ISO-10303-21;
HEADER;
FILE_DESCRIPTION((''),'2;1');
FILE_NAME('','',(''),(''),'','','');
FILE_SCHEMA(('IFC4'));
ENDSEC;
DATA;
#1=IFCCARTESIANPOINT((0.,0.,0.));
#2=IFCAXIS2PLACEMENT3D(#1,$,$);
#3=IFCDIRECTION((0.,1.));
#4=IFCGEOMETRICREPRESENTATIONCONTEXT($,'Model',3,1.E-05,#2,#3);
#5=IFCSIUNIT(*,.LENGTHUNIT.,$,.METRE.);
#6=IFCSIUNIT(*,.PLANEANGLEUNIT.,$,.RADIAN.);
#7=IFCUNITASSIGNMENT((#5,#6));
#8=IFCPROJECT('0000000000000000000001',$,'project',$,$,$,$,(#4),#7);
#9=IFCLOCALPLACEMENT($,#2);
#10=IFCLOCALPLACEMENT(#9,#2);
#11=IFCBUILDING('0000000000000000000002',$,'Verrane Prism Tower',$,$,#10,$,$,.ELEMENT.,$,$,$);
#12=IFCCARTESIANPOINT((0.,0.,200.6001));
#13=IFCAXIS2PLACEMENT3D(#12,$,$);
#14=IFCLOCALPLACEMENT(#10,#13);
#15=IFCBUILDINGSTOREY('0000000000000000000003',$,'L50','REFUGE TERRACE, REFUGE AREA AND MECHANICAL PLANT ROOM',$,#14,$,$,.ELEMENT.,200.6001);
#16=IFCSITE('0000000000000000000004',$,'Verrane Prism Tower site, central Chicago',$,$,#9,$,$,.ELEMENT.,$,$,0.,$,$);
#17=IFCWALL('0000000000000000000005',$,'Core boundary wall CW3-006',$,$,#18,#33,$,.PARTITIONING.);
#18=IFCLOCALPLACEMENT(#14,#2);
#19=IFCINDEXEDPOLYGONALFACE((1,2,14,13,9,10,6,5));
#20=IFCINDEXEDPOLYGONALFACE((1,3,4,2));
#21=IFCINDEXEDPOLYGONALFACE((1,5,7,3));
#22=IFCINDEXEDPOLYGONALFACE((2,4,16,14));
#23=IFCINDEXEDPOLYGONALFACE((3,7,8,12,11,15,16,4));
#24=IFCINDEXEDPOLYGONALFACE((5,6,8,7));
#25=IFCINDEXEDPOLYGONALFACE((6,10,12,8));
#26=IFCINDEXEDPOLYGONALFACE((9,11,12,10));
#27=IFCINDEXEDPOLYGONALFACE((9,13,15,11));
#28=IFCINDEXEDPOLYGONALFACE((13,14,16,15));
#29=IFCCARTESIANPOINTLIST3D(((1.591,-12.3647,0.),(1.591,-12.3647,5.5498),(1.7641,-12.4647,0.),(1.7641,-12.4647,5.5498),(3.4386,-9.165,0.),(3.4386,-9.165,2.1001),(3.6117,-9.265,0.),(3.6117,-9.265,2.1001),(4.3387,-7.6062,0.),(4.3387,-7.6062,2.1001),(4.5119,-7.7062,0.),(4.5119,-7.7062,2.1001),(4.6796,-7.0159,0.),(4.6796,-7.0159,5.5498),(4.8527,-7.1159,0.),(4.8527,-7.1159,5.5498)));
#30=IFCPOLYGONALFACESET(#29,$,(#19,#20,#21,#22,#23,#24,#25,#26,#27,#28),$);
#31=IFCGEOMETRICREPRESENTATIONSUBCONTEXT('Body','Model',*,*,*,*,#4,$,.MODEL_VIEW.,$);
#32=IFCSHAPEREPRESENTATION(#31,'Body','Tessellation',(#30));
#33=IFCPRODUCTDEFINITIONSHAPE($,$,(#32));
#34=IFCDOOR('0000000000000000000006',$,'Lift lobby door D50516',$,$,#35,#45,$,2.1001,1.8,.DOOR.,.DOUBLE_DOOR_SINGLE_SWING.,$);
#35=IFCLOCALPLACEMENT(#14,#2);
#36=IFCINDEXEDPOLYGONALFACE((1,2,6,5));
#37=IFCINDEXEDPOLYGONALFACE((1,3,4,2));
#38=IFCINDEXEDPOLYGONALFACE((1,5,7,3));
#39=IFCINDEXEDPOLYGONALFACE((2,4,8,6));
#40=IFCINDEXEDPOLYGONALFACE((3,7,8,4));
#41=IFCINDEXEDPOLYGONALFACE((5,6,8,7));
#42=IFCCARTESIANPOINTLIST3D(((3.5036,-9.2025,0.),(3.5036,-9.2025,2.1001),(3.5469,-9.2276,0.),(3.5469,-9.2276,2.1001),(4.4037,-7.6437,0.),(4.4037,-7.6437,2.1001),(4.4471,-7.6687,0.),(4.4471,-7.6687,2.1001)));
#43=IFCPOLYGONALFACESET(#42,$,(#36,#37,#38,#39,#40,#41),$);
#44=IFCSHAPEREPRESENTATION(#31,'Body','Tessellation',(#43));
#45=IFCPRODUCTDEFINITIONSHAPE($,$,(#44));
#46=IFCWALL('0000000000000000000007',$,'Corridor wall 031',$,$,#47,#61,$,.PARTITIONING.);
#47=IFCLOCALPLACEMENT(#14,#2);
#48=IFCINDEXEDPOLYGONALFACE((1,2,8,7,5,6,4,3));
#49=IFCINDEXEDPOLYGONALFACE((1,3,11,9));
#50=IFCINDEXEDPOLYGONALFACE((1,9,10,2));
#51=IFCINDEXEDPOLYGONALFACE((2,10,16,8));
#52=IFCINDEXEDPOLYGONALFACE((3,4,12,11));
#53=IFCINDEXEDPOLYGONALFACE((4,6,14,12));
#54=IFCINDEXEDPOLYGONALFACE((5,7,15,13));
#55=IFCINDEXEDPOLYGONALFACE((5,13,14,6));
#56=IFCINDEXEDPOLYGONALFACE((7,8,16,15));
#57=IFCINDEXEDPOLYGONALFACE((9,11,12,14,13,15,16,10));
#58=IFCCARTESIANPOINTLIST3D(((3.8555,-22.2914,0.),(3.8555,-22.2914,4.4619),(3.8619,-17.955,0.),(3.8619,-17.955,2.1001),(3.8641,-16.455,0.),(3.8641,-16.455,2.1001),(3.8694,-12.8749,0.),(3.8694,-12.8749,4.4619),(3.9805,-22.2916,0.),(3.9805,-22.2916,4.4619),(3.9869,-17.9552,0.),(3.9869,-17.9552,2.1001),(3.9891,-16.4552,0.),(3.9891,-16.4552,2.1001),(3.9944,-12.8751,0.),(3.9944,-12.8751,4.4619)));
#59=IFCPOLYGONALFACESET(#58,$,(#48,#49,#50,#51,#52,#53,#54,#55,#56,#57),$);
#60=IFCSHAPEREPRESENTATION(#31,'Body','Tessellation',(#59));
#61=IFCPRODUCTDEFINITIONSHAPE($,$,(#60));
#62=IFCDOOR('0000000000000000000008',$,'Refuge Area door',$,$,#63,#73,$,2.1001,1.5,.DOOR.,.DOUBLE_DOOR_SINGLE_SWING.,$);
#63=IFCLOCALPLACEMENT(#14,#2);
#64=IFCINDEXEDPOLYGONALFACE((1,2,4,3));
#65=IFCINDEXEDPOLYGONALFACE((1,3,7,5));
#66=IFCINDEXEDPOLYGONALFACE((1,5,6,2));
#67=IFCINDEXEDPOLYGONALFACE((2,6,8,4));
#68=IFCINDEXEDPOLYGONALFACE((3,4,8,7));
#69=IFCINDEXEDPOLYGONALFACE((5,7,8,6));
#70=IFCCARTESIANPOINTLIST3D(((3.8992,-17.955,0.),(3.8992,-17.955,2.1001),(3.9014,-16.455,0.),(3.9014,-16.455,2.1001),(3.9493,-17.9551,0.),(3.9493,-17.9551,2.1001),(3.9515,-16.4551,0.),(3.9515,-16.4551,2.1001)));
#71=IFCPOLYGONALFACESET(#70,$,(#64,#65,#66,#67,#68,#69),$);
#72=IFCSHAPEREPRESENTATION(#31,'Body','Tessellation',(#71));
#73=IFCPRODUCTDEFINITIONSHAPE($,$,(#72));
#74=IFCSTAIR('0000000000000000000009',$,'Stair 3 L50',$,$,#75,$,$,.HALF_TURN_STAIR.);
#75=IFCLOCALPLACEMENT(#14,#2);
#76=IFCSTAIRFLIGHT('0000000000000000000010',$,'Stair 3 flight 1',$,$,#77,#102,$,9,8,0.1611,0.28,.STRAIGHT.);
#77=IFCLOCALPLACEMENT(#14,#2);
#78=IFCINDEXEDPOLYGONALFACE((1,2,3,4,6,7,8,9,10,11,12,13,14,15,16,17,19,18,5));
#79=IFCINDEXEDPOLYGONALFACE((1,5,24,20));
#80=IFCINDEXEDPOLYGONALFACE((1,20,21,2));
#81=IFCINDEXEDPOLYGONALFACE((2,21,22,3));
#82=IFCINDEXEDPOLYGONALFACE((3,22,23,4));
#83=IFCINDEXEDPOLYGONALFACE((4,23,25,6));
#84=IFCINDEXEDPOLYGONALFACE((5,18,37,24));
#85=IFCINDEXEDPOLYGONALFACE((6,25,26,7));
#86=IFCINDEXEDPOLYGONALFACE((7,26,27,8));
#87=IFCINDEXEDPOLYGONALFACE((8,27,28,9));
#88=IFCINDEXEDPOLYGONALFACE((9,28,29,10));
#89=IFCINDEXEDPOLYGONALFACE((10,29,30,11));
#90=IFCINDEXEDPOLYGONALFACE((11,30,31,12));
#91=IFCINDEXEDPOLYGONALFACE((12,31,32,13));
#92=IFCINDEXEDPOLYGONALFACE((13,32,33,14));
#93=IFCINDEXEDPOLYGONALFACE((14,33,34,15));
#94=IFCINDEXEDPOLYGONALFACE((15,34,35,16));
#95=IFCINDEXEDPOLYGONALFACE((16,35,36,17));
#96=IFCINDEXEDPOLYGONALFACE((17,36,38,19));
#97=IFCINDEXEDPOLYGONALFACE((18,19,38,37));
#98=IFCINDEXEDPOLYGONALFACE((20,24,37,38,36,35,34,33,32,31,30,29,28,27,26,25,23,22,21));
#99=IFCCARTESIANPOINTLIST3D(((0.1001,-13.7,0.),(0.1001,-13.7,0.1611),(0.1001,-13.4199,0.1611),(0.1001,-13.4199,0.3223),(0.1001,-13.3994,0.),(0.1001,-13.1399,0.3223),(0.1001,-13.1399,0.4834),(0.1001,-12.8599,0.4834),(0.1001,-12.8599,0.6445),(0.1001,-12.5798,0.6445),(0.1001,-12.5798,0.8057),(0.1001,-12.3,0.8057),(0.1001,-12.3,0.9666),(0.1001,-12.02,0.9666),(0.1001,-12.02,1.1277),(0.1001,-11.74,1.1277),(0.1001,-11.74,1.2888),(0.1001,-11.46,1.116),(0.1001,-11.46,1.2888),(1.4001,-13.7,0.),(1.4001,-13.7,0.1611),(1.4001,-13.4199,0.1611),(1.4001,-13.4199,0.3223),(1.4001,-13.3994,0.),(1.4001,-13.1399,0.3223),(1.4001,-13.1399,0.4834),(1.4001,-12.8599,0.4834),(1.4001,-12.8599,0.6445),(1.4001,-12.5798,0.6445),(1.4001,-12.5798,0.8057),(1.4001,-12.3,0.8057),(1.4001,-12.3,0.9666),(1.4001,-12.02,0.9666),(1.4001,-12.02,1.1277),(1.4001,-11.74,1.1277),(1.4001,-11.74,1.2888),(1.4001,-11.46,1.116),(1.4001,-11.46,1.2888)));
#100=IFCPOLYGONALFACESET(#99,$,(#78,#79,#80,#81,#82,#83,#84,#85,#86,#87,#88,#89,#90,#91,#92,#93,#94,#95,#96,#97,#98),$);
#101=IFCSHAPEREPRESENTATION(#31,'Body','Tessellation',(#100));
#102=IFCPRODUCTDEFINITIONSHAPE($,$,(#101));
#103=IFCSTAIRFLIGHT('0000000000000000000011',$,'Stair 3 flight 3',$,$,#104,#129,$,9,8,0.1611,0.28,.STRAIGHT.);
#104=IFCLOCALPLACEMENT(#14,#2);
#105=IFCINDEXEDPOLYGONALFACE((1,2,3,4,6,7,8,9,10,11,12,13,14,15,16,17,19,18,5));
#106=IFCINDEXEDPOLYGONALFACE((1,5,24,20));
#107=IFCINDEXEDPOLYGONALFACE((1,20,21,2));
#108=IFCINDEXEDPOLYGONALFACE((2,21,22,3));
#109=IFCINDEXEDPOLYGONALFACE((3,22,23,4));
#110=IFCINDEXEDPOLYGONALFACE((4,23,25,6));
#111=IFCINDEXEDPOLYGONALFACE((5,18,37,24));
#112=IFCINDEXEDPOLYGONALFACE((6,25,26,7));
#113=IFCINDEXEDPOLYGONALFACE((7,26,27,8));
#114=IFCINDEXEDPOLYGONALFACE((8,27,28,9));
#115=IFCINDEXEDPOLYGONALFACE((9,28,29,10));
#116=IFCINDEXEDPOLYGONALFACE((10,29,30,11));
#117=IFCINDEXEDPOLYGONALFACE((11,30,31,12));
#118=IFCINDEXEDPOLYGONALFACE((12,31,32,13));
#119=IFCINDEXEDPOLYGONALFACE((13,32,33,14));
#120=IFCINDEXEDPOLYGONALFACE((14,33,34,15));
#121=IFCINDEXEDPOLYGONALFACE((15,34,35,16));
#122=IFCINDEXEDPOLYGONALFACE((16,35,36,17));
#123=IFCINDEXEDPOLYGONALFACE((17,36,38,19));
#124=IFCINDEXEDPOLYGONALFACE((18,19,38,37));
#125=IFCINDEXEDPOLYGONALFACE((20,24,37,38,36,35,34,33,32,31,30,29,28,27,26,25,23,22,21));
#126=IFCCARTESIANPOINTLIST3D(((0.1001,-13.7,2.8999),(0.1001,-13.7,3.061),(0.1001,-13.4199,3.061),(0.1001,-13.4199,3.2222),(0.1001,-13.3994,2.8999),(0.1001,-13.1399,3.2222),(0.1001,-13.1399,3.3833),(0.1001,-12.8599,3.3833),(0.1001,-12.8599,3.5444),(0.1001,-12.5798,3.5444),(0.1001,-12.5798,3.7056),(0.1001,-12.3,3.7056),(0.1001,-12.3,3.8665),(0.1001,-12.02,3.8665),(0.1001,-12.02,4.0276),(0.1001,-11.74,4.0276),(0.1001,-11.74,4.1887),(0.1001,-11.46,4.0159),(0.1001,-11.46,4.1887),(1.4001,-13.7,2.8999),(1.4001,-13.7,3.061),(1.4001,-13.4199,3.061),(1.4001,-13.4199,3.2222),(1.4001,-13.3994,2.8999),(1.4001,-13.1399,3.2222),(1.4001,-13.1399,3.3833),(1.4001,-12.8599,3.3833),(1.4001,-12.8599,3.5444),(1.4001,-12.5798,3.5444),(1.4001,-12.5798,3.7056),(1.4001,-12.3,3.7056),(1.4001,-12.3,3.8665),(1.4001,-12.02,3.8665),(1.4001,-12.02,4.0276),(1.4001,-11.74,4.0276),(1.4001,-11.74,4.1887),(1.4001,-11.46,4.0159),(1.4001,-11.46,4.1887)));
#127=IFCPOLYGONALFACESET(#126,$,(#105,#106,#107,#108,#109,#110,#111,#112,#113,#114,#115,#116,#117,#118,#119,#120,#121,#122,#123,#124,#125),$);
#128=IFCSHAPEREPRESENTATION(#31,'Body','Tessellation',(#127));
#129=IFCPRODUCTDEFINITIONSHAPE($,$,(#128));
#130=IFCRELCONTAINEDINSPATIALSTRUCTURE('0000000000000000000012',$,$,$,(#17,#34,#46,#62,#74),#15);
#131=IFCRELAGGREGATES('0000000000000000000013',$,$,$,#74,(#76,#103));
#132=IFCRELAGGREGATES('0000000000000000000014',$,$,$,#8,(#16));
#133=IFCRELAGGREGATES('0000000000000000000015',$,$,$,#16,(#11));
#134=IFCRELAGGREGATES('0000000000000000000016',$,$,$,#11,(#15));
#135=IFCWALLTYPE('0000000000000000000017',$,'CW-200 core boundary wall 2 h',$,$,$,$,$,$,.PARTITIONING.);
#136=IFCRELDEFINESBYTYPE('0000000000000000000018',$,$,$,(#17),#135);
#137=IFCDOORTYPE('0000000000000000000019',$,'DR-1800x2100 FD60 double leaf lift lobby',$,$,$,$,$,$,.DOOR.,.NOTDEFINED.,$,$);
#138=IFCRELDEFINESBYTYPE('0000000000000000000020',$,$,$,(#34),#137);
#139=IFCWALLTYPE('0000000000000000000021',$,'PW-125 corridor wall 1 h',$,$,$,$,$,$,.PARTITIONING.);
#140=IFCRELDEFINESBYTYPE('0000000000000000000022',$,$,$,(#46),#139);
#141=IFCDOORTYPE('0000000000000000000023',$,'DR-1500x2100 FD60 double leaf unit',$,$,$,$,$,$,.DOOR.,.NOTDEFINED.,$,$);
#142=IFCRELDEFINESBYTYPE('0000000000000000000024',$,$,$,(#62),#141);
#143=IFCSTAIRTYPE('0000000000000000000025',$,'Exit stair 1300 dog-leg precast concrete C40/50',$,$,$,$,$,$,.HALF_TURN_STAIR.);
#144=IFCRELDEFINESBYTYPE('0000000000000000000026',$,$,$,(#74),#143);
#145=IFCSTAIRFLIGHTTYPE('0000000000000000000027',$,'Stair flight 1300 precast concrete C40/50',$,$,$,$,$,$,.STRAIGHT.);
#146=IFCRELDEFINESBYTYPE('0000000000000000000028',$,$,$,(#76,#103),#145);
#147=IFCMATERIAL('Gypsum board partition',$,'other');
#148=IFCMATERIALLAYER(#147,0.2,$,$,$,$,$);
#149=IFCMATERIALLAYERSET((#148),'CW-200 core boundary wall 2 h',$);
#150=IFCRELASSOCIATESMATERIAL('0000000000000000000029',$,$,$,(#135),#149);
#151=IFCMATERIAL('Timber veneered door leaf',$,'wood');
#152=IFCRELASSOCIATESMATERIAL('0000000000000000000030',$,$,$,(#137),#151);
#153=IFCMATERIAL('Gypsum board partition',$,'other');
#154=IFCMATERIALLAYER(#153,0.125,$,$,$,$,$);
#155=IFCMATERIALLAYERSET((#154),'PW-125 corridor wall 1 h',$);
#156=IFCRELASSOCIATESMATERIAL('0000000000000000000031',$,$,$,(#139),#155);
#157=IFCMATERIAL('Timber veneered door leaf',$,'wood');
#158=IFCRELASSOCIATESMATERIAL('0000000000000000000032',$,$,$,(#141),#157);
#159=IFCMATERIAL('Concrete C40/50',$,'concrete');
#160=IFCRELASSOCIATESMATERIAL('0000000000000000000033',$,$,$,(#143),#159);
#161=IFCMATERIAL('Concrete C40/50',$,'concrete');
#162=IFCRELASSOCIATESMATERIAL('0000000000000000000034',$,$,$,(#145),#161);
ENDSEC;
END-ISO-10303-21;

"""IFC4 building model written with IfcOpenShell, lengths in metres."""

from ifc_helpers import new_model, si_unit, direction, frame, frame_2d, origin, place, context, subcontext, project, spatial, polyline, rectangle, outline, extrude, material, layer, layer_set, type_object, element, fill, aggregate, save


model = new_model("IFC4")

# Units and contexts
model_context = context("Model", 3, precision=1e-05, world=origin(), true_north=direction((0.0, 1.0)))
body_context = subcontext(model_context, "Body", "Model", "MODEL_VIEW")
ifc_project = project(units=[si_unit("LENGTHUNIT", "METRE"), si_unit("PLANEANGLEUNIT", "RADIAN")], contexts=[model_context])

# Site, building, storey
site_placement = place(None, origin())
site = spatial("IfcSite", under=ifc_project, at=site_placement, Name="Verrane Prism Tower site, central Chicago", CompositionType="ELEMENT", RefElevation=0.0)
building_placement = place(site_placement, origin())
building = spatial("IfcBuilding", under=site, at=building_placement, Name="Verrane Prism Tower", CompositionType="ELEMENT")
storey_placement = place(building_placement, frame((0.0, 0.0, 200.6001)))
storey = spatial("IfcBuildingStorey", under=building, at=storey_placement, Name="L50", Description="REFUGE TERRACE, REFUGE AREA AND MECHANICAL PLANT ROOM", CompositionType="ELEMENT", Elevation=200.6001)

# Walls, openings, doors
ifc_material_1 = material(Name="Gypsum board partition", Category="other")
ifc_layer_1 = layer(ifc_material_1, 0.2)
ifc_layer_set_1 = layer_set([ifc_layer_1], Name="CW-200 core boundary wall 2 h")
wall_type_1 = type_object("IfcWallType", Name="CW-200 core boundary wall 2 h", PredefinedType="PARTITIONING", material=ifc_layer_set_1)
wall_1_placement = place(storey_placement, frame((1.6775, -12.4148, 0.0), z_axis=(0.0, 0.0, 1.0), x_axis=(0.500054, 0.865994, 0.0)))
wall_1 = element("IfcWall", 1, at=wall_1_placement, inside=storey, type_object=wall_type_1, Name="Core boundary wall CW3-006", PredefinedType="PARTITIONING", context=body_context, shape_type="SweptSolid", body=[
    extrude(rectangle(XDim=6.1765, YDim=0.2, at=frame_2d((3.0884, 0.0))), origin(), (0.0, 0.0, 1.0), 5.5498),
])
opening_1_placement = place(wall_1_placement, frame((3.6951, 0.0, 0.0)))
opening_1 = element("IfcOpeningElement", 2, at=opening_1_placement, cuts=wall_1, PredefinedType="OPENING", context=body_context, shape_type="SweptSolid", body=[
    extrude(rectangle(XDim=1.8, YDim=2.1001, at=frame_2d((0.8999, 1.05))), frame((0.0, 0.1099, 0.0), z_axis=(0.0, -1.0, 0.0), x_axis=(1.0, 0.0, 0.0)), (0.0, 0.0, 1.0), 0.22),
])
ifc_material_2 = material(Name="Timber veneered door leaf", Category="wood")
door_type_1 = type_object("IfcDoorType", Name="DR-1800x2100 FD60 double leaf lift lobby", OperationType="NOTDEFINED", PredefinedType="DOOR", material=ifc_material_2)
door_1_placement = place(opening_1_placement, origin())
door_1 = element("IfcDoor", 3, at=door_1_placement, inside=storey, type_object=door_type_1, Name="Lift lobby door D50516", OperationType="DOUBLE_DOOR_SINGLE_SWING", OverallHeight=2.1001, OverallWidth=1.8, PredefinedType="DOOR", context=body_context, shape_type="SweptSolid", body=[
    extrude(rectangle(XDim=1.8, YDim=2.1001, at=frame_2d((0.8999, 1.05))), frame((0.0, 0.0249, 0.0), z_axis=(0.0, -1.0, 0.0), x_axis=(1.0, 0.0, 0.0)), (0.0, 0.0, 1.0), 0.05),
])
fill(opening_1, door_1)
ifc_material_3 = material(Name="Gypsum board partition", Category="other")
ifc_layer_2 = layer(ifc_material_3, 0.125)
ifc_layer_set_2 = layer_set([ifc_layer_2], Name="PW-125 corridor wall 1 h")
wall_type_2 = type_object("IfcWallType", Name="PW-125 corridor wall 1 h", PredefinedType="PARTITIONING", material=ifc_layer_set_2)
wall_2_placement = place(storey_placement, frame((3.9319, -12.875, 0.0), z_axis=(0.0, 0.0, 1.0), x_axis=(-0.001478, -0.999999, 0.0)))
wall_2 = element("IfcWall", 4, at=wall_2_placement, inside=storey, type_object=wall_type_2, Name="Corridor wall 031", PredefinedType="PARTITIONING", context=body_context, shape_type="SweptSolid", body=[
    extrude(rectangle(XDim=9.4165, YDim=0.125, at=frame_2d((4.7083, 0.0))), origin(), (0.0, 0.0, 1.0), 4.4619),
])
opening_2_placement = place(wall_2_placement, frame((3.5801, 0.0, 0.0)))
opening_2 = element("IfcOpeningElement", 5, at=opening_2_placement, cuts=wall_2, PredefinedType="OPENING", context=body_context, shape_type="SweptSolid", body=[
    extrude(rectangle(XDim=1.5, YDim=2.1001, at=frame_2d((0.75, 1.05))), frame((0.0, 0.0725, 0.0), z_axis=(0.0, -1.0, 0.0), x_axis=(1.0, 0.0, 0.0)), (0.0, 0.0, 1.0), 0.145),
])
ifc_material_4 = material(Name="Timber veneered door leaf", Category="wood")
door_type_2 = type_object("IfcDoorType", Name="DR-1500x2100 FD60 double leaf unit", OperationType="NOTDEFINED", PredefinedType="DOOR", material=ifc_material_4)
door_2_placement = place(opening_2_placement, origin())
door_2 = element("IfcDoor", 6, at=door_2_placement, inside=storey, type_object=door_type_2, Name="Refuge Area door", OperationType="DOUBLE_DOOR_SINGLE_SWING", OverallHeight=2.1001, OverallWidth=1.5, PredefinedType="DOOR", context=body_context, shape_type="SweptSolid", body=[
    extrude(rectangle(XDim=1.5, YDim=2.1001, at=frame_2d((0.75, 1.05))), frame((0.0, 0.0249, 0.0), z_axis=(0.0, -1.0, 0.0), x_axis=(1.0, 0.0, 0.0)), (0.0, 0.0, 1.0), 0.05),
])
fill(opening_2, door_2)

# Stair, stair flights
ifc_material_5 = material(Name="Concrete C40/50", Category="concrete")
stair_type = type_object("IfcStairType", Name="Exit stair 1300 dog-leg precast concrete C40/50", PredefinedType="HALF_TURN_STAIR", material=ifc_material_5)
stair_placement = place(storey_placement, origin())
stair = element("IfcStair", 7, at=stair_placement, inside=storey, type_object=stair_type, Name="Stair 3 L50", PredefinedType="HALF_TURN_STAIR")
ifc_material_6 = material(Name="Concrete C40/50", Category="concrete")
stair_flight_type = type_object("IfcStairFlightType", Name="Stair flight 1300 precast concrete C40/50", PredefinedType="STRAIGHT", material=ifc_material_6)
stair_flight_1_placement = place(storey_placement, frame((0.75, -13.7, 0.0), z_axis=(0.0, 0.0, 1.0), x_axis=(0.0, 1.0, 0.0)))
stair_flight_1 = element("IfcStairFlight", 8, at=stair_flight_1_placement, type_object=stair_flight_type, Name="Stair 3 flight 1", NumberOfRisers=9, NumberOfTreads=8, PredefinedType="STRAIGHT", RiserHeight=0.1611, TreadLength=0.28, context=body_context, shape_type="SweptSolid", body=[
    extrude(outline(polyline([(0.0, 0.0), (0.0, 0.1611), (0.28, 0.1611), (0.28, 0.3223), (0.5601, 0.3223), (0.5601, 0.4834), (0.8401, 0.4834), (0.8401, 0.6445), (1.1201, 0.6445), (1.1201, 0.8057), (1.3999, 0.8057), (1.3999, 0.9666), (1.6799, 0.9666), (1.6799, 1.1277), (1.96, 1.1277), (1.96, 1.2888), (2.24, 1.2888), (2.24, 1.45), (2.24, 1.116), (0.3005, 0.0), (0.0, 0.0)])), frame((0.0, 0.6499, 0.0), z_axis=(0.0, -1.0, 0.0), x_axis=(1.0, 0.0, 0.0)), (0.0, 0.0, 1.0), 1.3),
])
stair_flight_2_placement = place(storey_placement, frame((0.75, -13.7, 2.8999), z_axis=(0.0, 0.0, 1.0), x_axis=(0.0, 1.0, 0.0)))
stair_flight_2 = element("IfcStairFlight", 9, at=stair_flight_2_placement, type_object=stair_flight_type, Name="Stair 3 flight 3", NumberOfRisers=9, NumberOfTreads=8, PredefinedType="STRAIGHT", RiserHeight=0.1611, TreadLength=0.28, context=body_context, shape_type="SweptSolid", body=[
    extrude(outline(polyline([(0.0, 0.0), (0.0, 0.1611), (0.28, 0.1611), (0.28, 0.3223), (0.5601, 0.3223), (0.5601, 0.4834), (0.8401, 0.4834), (0.8401, 0.6445), (1.1201, 0.6445), (1.1201, 0.8057), (1.3999, 0.8057), (1.3999, 0.9666), (1.6799, 0.9666), (1.6799, 1.1277), (1.96, 1.1277), (1.96, 1.2888), (2.24, 1.2888), (2.24, 1.45), (2.24, 1.116), (0.3005, 0.0), (0.0, 0.0)])), frame((0.0, 0.6499, 0.0), z_axis=(0.0, -1.0, 0.0), x_axis=(1.0, 0.0, 0.0)), (0.0, 0.0, 1.0), 1.3),
])
aggregate(stair, [stair_flight_1, stair_flight_2])

save(model, "model.ifc")
